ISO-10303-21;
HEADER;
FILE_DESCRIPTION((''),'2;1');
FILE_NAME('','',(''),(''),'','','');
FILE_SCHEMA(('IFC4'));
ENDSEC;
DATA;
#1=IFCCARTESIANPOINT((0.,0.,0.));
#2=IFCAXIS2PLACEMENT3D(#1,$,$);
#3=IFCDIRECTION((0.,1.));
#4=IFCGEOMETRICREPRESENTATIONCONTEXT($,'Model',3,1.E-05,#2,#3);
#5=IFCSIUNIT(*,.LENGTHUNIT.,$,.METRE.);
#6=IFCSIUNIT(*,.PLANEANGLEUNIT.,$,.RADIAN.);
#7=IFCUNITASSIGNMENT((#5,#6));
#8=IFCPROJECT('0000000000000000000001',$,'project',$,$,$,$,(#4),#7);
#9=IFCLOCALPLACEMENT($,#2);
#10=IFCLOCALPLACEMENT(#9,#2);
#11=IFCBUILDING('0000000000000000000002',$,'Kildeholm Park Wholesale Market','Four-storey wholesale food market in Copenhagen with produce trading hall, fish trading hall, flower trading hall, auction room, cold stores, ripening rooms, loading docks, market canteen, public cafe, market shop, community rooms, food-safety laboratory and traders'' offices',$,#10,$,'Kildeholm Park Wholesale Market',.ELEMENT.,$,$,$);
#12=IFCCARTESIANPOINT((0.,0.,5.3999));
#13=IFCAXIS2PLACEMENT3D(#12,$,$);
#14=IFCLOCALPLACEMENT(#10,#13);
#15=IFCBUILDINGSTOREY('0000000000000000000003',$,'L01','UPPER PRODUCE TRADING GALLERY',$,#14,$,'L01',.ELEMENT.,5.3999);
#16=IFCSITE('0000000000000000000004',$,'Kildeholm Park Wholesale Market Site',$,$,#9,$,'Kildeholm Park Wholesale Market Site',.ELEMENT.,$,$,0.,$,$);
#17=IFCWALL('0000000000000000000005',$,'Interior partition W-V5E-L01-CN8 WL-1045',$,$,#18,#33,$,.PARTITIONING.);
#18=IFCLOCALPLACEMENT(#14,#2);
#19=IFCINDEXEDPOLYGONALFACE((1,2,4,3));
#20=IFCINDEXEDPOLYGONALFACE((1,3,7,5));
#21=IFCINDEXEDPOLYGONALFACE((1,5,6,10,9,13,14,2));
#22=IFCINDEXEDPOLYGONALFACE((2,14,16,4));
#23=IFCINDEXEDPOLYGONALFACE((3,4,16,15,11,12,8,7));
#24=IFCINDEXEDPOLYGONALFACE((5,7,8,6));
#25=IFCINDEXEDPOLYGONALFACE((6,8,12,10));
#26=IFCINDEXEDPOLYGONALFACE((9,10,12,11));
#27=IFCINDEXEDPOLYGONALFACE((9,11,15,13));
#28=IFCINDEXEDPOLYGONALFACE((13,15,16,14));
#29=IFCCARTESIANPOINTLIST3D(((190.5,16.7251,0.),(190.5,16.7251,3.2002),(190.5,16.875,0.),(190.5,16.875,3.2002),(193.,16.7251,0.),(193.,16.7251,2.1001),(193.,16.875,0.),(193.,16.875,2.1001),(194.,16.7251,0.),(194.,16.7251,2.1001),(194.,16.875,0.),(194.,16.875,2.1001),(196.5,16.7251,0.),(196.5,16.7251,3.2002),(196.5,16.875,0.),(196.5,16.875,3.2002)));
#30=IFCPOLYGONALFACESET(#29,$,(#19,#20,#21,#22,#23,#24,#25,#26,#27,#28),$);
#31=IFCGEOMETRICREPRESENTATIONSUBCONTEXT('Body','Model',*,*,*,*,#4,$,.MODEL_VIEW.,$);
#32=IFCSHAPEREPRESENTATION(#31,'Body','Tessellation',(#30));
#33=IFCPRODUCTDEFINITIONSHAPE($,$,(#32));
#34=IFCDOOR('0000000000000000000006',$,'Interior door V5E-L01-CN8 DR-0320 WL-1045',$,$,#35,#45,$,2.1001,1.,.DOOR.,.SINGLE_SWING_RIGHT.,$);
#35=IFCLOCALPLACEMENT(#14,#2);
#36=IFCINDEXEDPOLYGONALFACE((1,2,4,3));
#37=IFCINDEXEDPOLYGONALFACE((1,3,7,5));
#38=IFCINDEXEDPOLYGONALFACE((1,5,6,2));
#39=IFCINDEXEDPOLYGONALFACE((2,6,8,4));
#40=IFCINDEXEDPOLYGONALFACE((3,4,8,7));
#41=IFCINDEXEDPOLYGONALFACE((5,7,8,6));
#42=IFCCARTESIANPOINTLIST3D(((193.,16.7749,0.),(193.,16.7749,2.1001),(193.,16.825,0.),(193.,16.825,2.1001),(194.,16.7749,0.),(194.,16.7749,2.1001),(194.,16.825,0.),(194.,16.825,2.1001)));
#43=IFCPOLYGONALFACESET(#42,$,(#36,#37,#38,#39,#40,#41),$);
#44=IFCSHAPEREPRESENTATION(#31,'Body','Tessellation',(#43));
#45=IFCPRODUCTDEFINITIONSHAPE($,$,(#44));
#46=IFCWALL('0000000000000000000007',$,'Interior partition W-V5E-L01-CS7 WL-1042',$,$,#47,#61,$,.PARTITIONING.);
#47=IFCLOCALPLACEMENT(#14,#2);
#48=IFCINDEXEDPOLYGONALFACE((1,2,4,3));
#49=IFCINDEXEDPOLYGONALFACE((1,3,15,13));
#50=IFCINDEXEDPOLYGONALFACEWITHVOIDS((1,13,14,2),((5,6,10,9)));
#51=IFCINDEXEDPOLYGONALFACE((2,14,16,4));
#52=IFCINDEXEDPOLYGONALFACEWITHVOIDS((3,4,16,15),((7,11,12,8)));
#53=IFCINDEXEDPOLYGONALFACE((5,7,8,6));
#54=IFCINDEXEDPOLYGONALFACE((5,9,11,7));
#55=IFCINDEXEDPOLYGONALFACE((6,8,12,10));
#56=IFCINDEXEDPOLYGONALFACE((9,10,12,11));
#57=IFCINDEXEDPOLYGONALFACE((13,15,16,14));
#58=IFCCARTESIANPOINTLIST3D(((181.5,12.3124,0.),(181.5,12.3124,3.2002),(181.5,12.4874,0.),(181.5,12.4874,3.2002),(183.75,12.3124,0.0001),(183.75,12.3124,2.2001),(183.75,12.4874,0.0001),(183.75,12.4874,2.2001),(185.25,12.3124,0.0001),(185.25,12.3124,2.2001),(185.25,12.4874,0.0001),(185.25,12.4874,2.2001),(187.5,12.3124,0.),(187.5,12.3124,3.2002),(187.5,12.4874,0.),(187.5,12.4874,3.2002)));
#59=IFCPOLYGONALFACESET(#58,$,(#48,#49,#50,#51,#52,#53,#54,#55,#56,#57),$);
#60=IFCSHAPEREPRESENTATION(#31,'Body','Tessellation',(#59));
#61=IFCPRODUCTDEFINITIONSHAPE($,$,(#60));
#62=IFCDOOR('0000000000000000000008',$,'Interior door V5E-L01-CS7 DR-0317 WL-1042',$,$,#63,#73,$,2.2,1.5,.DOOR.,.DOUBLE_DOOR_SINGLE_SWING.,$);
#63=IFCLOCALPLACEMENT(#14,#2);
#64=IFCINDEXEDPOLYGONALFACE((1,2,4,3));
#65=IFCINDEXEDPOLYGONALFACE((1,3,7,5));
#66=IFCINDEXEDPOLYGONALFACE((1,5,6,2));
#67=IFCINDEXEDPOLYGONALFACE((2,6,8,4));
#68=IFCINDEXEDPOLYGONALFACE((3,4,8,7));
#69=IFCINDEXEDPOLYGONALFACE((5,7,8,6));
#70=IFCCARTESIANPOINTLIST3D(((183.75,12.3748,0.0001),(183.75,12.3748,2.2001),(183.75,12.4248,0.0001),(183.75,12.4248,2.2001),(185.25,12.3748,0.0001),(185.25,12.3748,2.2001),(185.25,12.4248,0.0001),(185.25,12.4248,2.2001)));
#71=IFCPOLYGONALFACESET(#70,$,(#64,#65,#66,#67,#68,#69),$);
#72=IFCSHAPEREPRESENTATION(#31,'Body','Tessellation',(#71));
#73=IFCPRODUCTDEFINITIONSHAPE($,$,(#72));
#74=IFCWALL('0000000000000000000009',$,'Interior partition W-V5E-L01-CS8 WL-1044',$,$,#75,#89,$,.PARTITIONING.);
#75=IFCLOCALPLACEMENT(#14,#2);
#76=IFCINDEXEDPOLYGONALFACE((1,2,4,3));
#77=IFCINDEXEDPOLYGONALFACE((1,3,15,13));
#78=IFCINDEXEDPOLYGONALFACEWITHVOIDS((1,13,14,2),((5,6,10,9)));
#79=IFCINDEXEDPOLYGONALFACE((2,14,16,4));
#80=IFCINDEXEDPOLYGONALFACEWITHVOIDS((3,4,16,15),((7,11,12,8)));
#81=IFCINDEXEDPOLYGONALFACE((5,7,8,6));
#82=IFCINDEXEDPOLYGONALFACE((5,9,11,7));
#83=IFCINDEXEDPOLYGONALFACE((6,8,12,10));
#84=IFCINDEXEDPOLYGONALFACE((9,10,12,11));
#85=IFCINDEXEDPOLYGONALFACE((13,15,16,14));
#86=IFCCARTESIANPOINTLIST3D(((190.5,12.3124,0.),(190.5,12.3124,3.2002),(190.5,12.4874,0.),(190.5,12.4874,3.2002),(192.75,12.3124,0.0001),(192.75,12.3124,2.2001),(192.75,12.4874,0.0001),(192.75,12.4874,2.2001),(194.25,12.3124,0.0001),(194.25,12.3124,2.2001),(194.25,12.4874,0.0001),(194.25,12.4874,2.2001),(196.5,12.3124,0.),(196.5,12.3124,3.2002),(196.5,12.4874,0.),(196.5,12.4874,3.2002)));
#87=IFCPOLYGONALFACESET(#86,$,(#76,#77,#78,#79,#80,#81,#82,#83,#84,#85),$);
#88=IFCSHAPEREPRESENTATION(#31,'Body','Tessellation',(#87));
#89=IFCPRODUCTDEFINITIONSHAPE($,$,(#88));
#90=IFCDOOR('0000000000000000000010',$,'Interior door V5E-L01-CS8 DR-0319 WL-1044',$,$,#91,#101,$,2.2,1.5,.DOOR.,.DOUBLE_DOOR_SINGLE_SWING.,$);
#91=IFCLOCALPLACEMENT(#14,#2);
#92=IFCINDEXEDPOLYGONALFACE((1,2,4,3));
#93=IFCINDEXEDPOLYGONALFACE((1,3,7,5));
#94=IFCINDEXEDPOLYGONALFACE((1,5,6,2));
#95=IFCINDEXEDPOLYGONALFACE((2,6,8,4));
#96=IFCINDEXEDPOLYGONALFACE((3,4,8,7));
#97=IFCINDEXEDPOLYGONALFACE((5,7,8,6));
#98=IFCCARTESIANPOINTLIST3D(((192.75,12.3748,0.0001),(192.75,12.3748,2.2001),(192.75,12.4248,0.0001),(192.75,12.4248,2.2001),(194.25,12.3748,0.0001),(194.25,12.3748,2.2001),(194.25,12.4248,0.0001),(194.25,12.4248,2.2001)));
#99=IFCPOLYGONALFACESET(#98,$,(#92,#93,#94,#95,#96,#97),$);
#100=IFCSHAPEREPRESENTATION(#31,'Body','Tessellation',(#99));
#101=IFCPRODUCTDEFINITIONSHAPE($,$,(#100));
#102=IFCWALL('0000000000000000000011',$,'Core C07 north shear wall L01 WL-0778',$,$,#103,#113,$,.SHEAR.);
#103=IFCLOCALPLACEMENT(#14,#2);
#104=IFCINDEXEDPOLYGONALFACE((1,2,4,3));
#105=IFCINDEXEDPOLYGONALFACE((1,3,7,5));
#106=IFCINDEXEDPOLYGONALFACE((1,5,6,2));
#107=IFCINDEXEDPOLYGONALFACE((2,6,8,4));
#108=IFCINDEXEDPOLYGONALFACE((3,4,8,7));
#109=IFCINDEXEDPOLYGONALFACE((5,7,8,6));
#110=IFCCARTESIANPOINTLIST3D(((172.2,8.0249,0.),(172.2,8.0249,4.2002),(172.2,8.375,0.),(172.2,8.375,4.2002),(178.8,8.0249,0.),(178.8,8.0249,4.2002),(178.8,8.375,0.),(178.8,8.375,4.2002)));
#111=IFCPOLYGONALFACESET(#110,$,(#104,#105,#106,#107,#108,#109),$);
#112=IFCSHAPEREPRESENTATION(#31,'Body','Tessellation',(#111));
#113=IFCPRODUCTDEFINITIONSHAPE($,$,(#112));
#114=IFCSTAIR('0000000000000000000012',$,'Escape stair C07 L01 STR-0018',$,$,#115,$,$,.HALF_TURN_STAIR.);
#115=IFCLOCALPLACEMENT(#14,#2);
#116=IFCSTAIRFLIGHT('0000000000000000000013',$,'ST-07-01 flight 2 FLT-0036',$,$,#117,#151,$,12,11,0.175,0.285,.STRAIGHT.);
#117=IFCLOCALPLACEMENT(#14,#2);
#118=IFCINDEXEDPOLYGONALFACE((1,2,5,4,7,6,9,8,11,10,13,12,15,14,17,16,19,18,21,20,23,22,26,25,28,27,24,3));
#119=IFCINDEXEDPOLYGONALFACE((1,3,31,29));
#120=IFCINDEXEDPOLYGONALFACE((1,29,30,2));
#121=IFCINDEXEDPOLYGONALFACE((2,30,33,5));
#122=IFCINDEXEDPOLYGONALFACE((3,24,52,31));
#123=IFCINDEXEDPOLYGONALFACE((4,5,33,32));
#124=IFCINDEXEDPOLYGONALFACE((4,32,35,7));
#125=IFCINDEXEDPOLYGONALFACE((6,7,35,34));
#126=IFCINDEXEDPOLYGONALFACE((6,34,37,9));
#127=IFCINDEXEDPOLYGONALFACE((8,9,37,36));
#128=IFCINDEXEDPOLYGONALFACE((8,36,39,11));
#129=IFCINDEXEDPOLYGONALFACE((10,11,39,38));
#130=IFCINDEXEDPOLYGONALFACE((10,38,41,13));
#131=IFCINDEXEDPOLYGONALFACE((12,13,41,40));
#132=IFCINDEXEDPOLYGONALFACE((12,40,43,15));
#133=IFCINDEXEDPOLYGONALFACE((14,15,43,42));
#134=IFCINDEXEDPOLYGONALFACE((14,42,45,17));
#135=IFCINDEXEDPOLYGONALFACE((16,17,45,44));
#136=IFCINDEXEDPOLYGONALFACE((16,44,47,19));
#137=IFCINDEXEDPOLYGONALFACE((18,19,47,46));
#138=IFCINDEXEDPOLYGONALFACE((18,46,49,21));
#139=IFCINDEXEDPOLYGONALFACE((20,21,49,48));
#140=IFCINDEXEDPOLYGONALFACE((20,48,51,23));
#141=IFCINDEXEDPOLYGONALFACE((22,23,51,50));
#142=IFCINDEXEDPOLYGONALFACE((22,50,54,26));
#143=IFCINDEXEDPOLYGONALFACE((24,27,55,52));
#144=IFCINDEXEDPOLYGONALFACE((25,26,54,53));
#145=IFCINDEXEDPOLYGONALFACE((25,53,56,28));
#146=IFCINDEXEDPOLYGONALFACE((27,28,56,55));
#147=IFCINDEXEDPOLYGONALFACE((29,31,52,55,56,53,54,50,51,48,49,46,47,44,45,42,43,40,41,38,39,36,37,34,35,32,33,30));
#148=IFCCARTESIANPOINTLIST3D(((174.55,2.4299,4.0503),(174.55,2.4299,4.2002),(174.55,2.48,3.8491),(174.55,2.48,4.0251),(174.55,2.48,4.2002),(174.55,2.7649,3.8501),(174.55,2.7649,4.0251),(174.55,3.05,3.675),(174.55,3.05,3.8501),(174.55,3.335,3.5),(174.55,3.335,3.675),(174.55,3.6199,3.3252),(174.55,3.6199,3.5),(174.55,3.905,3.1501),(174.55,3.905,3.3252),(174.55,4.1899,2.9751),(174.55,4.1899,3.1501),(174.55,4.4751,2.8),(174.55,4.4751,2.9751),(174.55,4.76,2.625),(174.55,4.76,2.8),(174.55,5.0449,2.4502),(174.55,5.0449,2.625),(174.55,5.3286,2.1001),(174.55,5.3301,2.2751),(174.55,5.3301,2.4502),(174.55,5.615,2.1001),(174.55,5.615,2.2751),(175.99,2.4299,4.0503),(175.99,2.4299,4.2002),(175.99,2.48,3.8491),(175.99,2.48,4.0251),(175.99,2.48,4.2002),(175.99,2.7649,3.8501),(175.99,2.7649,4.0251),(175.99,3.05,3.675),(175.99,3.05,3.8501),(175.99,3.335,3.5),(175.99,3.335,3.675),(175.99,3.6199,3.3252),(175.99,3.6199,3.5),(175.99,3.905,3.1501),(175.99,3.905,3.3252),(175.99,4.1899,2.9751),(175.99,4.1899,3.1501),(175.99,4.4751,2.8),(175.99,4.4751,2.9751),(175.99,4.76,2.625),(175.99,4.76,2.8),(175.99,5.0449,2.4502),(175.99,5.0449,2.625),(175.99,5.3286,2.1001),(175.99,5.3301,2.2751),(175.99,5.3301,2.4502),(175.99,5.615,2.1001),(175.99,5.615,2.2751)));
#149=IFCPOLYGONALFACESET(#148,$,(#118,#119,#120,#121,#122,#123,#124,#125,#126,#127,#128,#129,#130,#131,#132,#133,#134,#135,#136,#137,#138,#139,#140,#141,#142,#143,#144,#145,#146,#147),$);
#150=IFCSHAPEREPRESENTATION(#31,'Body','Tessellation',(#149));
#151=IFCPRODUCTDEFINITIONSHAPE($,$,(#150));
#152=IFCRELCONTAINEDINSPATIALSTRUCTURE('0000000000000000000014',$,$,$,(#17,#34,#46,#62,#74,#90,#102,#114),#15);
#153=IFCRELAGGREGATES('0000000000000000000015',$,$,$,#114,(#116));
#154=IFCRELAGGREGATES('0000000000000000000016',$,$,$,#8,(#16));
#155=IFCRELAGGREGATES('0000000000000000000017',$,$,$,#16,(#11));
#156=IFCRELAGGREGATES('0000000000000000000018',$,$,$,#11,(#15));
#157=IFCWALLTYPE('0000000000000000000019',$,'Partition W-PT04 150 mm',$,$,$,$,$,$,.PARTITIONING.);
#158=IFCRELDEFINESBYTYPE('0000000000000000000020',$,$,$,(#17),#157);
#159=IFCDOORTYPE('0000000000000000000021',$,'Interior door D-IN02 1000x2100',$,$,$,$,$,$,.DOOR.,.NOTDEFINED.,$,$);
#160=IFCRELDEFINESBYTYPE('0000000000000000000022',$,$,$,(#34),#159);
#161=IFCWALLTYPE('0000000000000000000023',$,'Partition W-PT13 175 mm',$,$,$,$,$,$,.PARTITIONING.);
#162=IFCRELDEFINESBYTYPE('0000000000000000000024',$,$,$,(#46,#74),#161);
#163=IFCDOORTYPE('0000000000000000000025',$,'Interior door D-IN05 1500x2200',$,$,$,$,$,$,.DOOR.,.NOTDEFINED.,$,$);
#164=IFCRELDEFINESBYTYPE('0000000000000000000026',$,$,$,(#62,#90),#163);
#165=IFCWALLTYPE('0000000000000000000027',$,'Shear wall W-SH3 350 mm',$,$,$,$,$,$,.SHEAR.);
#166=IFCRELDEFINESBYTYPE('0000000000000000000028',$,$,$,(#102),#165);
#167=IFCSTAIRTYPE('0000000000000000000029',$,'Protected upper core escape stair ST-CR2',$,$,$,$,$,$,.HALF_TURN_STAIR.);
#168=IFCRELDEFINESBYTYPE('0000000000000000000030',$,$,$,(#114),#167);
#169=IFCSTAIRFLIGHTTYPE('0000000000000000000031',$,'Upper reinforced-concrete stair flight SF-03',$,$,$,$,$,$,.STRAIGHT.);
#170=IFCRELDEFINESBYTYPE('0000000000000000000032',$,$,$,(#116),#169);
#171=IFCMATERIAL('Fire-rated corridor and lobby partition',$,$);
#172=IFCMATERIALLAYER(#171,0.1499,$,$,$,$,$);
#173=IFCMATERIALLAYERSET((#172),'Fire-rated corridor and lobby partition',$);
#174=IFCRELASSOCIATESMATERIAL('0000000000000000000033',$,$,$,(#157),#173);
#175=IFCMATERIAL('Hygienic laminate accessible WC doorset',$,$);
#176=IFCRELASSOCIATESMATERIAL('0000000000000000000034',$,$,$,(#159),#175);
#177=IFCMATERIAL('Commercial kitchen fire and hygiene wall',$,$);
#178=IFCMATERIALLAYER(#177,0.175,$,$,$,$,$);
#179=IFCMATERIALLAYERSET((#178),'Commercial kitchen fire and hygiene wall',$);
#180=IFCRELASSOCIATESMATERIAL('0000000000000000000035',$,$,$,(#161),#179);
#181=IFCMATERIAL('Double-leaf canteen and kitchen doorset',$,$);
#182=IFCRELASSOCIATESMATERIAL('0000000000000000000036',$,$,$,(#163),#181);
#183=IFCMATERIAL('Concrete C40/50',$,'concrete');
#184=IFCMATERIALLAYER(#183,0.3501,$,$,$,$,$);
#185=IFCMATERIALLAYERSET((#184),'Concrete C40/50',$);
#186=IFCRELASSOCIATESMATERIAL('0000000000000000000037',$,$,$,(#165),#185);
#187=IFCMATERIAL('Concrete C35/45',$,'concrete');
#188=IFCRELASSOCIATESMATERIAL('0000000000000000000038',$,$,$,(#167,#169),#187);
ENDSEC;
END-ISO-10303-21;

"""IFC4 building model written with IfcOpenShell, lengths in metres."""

from ifc_helpers import new_model, si_unit, direction, frame, frame_2d, origin, place, context, subcontext, project, spatial, polyline, rectangle, outline, extrude, material, layer, layer_set, type_object, element, fill, aggregate, save


model = new_model("IFC4")

# Units and contexts
model_context = context("Model", 3, precision=1e-05, world=origin(), true_north=direction((0.0, 1.0)))
body_context = subcontext(model_context, "Body", "Model", "MODEL_VIEW")
ifc_project = project(units=[si_unit("LENGTHUNIT", "METRE"), si_unit("PLANEANGLEUNIT", "RADIAN")], contexts=[model_context])

# Site, building, storey
site_placement = place(None, origin())
site = spatial("IfcSite", under=ifc_project, at=site_placement, Name="Kildeholm Park Wholesale Market Site", LongName="Kildeholm Park Wholesale Market Site", CompositionType="ELEMENT", RefElevation=0.0)
building_placement = place(site_placement, origin())
building = spatial("IfcBuilding", under=site, at=building_placement, Name="Kildeholm Park Wholesale Market", Description="Four-storey wholesale food market in Copenhagen with produce trading hall, fish trading hall, flower trading hall, auction room, cold stores, ripening rooms, loading docks, market canteen, public cafe, market shop, community rooms, food-safety laboratory and traders' offices", LongName="Kildeholm Park Wholesale Market", CompositionType="ELEMENT")
storey_placement = place(building_placement, frame((0.0, 0.0, 5.3999)))
storey = spatial("IfcBuildingStorey", under=building, at=storey_placement, Name="L01", Description="UPPER PRODUCE TRADING GALLERY", LongName="L01", CompositionType="ELEMENT", Elevation=5.3999)

# Walls, openings, doors
ifc_material_1 = material(Name="Fire-rated corridor and lobby partition")
ifc_layer_1 = layer(ifc_material_1, 0.1499)
ifc_layer_set_1 = layer_set([ifc_layer_1], Name="Fire-rated corridor and lobby partition")
wall_type_1 = type_object("IfcWallType", Name="Partition W-PT04 150 mm", PredefinedType="PARTITIONING", material=ifc_layer_set_1)
ifc_material_2 = material(Name="Hygienic laminate accessible WC doorset")
door_type_1 = type_object("IfcDoorType", Name="Interior door D-IN02 1000x2100", OperationType="NOTDEFINED", PredefinedType="DOOR", material=ifc_material_2)
wall_1_placement = place(storey_placement, frame((190.5, 16.8, 0.0), z_axis=(0.0, 0.0, 1.0), x_axis=(1.0, 0.0, 0.0)))
wall_1 = element("IfcWall", 1, at=wall_1_placement, inside=storey, type_object=wall_type_1, Name="Interior partition W-V5E-L01-CN8 WL-1045", PredefinedType="PARTITIONING", context=body_context, shape_type="SweptSolid", body=[
    extrude(rectangle(XDim=6.0, YDim=0.1499, at=frame_2d((3.0, 0.0))), origin(), (0.0, 0.0, 1.0), 3.2002),
])
opening_1_placement = place(wall_1_placement, frame((2.5, 0.0, 0.0)))
opening_1 = element("IfcOpeningElement", 2, at=opening_1_placement, cuts=wall_1, PredefinedType="OPENING", context=body_context, shape_type="SweptSolid", body=[
    extrude(rectangle(XDim=1.0, YDim=2.1001, at=frame_2d((0.5, 1.05))), frame((0.0, 0.085, 0.0), z_axis=(0.0, -1.0, 0.0), x_axis=(1.0, 0.0, 0.0)), (0.0, 0.0, 1.0), 0.1699),
])
door_1_placement = place(opening_1_placement, origin())
door_1 = element("IfcDoor", 3, at=door_1_placement, inside=storey, type_object=door_type_1, Name="Interior door V5E-L01-CN8 DR-0320 WL-1045", OperationType="SINGLE_SWING_RIGHT", OverallHeight=2.1001, OverallWidth=1.0, PredefinedType="DOOR", context=body_context, shape_type="SweptSolid", body=[
    extrude(rectangle(XDim=1.0, YDim=2.1001, at=frame_2d((0.5, 1.05))), frame((0.0, 0.0249, 0.0), z_axis=(0.0, -1.0, 0.0), x_axis=(1.0, 0.0, 0.0)), (0.0, 0.0, 1.0), 0.05),
])
fill(opening_1, door_1)
ifc_material_3 = material(Name="Commercial kitchen fire and hygiene wall")
ifc_layer_2 = layer(ifc_material_3, 0.175)
ifc_layer_set_2 = layer_set([ifc_layer_2], Name="Commercial kitchen fire and hygiene wall")
wall_type_2 = type_object("IfcWallType", Name="Partition W-PT13 175 mm", PredefinedType="PARTITIONING", material=ifc_layer_set_2)
wall_2_placement = place(storey_placement, frame((181.5, 12.3999, 0.0), z_axis=(0.0, 0.0, 1.0), x_axis=(1.0, 0.0, 0.0)))
wall_2 = element("IfcWall", 4, at=wall_2_placement, inside=storey, type_object=wall_type_2, Name="Interior partition W-V5E-L01-CS7 WL-1042", PredefinedType="PARTITIONING", context=body_context, shape_type="SweptSolid", body=[
    extrude(rectangle(XDim=6.0, YDim=0.175, at=frame_2d((3.0, 0.0))), origin(), (0.0, 0.0, 1.0), 3.2002),
])
opening_2_placement = place(wall_2_placement, frame((2.25, 0.0, 0.0)))
opening_2 = element("IfcOpeningElement", 5, at=opening_2_placement, cuts=wall_2, PredefinedType="OPENING", context=body_context, shape_type="SweptSolid", body=[
    extrude(rectangle(XDim=1.5, YDim=2.2, at=frame_2d((0.75, 1.1001))), frame((0.0, 0.0974, 0.0), z_axis=(0.0, -1.0, 0.0), x_axis=(1.0, 0.0, 0.0)), (0.0, 0.0, 1.0), 0.1951),
])
ifc_material_4 = material(Name="Double-leaf canteen and kitchen doorset")
door_type_2 = type_object("IfcDoorType", Name="Interior door D-IN05 1500x2200", OperationType="NOTDEFINED", PredefinedType="DOOR", material=ifc_material_4)
door_2_placement = place(opening_2_placement, origin())
door_2 = element("IfcDoor", 6, at=door_2_placement, inside=storey, type_object=door_type_2, Name="Interior door V5E-L01-CS7 DR-0317 WL-1042", OperationType="DOUBLE_DOOR_SINGLE_SWING", OverallHeight=2.2, OverallWidth=1.5, PredefinedType="DOOR", context=body_context, shape_type="SweptSolid", body=[
    extrude(rectangle(XDim=1.5, YDim=2.2, at=frame_2d((0.75, 1.1001))), frame((0.0, 0.0249, 0.0), z_axis=(0.0, -1.0, 0.0), x_axis=(1.0, 0.0, 0.0)), (0.0, 0.0, 1.0), 0.05),
])
fill(opening_2, door_2)
wall_3_placement = place(storey_placement, frame((190.5, 12.3999, 0.0), z_axis=(0.0, 0.0, 1.0), x_axis=(1.0, 0.0, 0.0)))
wall_3 = element("IfcWall", 7, at=wall_3_placement, inside=storey, type_object=wall_type_2, Name="Interior partition W-V5E-L01-CS8 WL-1044", PredefinedType="PARTITIONING", context=body_context, shape_type="SweptSolid", body=[
    extrude(rectangle(XDim=6.0, YDim=0.175, at=frame_2d((3.0, 0.0))), origin(), (0.0, 0.0, 1.0), 3.2002),
])
opening_3_placement = place(wall_3_placement, frame((2.25, 0.0, 0.0)))
opening_3 = element("IfcOpeningElement", 8, at=opening_3_placement, cuts=wall_3, PredefinedType="OPENING", context=body_context, shape_type="SweptSolid", body=[
    extrude(rectangle(XDim=1.5, YDim=2.2, at=frame_2d((0.75, 1.1001))), frame((0.0, 0.0974, 0.0), z_axis=(0.0, -1.0, 0.0), x_axis=(1.0, 0.0, 0.0)), (0.0, 0.0, 1.0), 0.1951),
])
door_3_placement = place(opening_3_placement, origin())
door_3 = element("IfcDoor", 9, at=door_3_placement, inside=storey, type_object=door_type_2, Name="Interior door V5E-L01-CS8 DR-0319 WL-1044", OperationType="DOUBLE_DOOR_SINGLE_SWING", OverallHeight=2.2, OverallWidth=1.5, PredefinedType="DOOR", context=body_context, shape_type="SweptSolid", body=[
    extrude(rectangle(XDim=1.5, YDim=2.2, at=frame_2d((0.75, 1.1001))), frame((0.0, 0.0249, 0.0), z_axis=(0.0, -1.0, 0.0), x_axis=(1.0, 0.0, 0.0)), (0.0, 0.0, 1.0), 0.05),
])
fill(opening_3, door_3)

# Wall
ifc_material_5 = material(Name="Concrete C40/50", Category="concrete")
ifc_layer_3 = layer(ifc_material_5, 0.3501)
ifc_layer_set_3 = layer_set([ifc_layer_3], Name="Concrete C40/50")
wall_type_3 = type_object("IfcWallType", Name="Shear wall W-SH3 350 mm", PredefinedType="SHEAR", material=ifc_layer_set_3)
wall_4_placement = place(storey_placement, frame((172.2, 8.2, 0.0), z_axis=(0.0, 0.0, 1.0), x_axis=(1.0, 0.0, 0.0)))
element("IfcWall", 10, at=wall_4_placement, inside=storey, type_object=wall_type_3, Name="Core C07 north shear wall L01 WL-0778", PredefinedType="SHEAR", context=body_context, shape_type="SweptSolid", body=[
    extrude(rectangle(XDim=6.6001, YDim=0.3501, at=frame_2d((3.3, 0.0))), origin(), (0.0, 0.0, 1.0), 4.2002),
])

# Stair, stair flight
ifc_material_6 = material(Name="Concrete C35/45", Category="concrete")
stair_type = type_object("IfcStairType", Name="Protected upper core escape stair ST-CR2", PredefinedType="HALF_TURN_STAIR", material=ifc_material_6)
stair_placement = place(storey_placement, origin())
stair = element("IfcStair", 11, at=stair_placement, inside=storey, type_object=stair_type, Name="Escape stair C07 L01 STR-0018", PredefinedType="HALF_TURN_STAIR")
stair_flight_type = type_object("IfcStairFlightType", Name="Upper reinforced-concrete stair flight SF-03", PredefinedType="STRAIGHT", material=ifc_material_6)
stair_flight_placement = place(storey_placement, frame((175.27, 5.615, 2.1001), z_axis=(0.0, 0.0, 1.0), x_axis=(0.0, -1.0, 0.0)))
stair_flight = element("IfcStairFlight", 12, at=stair_flight_placement, type_object=stair_flight_type, Name="ST-07-01 flight 2 FLT-0036", NumberOfRisers=12, NumberOfTreads=11, PredefinedType="STRAIGHT", RiserHeight=0.175, TreadLength=0.285, context=body_context, shape_type="SweptSolid", body=[
    extrude(outline(polyline([(0.0, 0.0), (0.0, 0.175), (0.2849, 0.175), (0.2849, 0.3501), (0.5701, 0.3501), (0.5701, 0.5249), (0.855, 0.5249), (0.855, 0.7), (1.1399, 0.7), (1.1399, 0.875), (1.425, 0.875), (1.425, 1.05), (1.71, 1.05), (1.71, 1.2251), (1.9951, 1.2251), (1.9951, 1.3999), (2.28, 1.3999), (2.28, 1.575), (2.5649, 1.575), (2.5649, 1.75), (2.8501, 1.75), (2.8501, 1.925), (3.135, 1.925), (3.135, 2.1001), (3.1851, 2.1001), (3.1851, 1.9502), (3.135, 1.749), (0.2864, 0.0), (0.0, 0.0)])), frame((0.0, 0.72, 0.0), z_axis=(0.0, -1.0, 0.0), x_axis=(1.0, 0.0, 0.0)), (0.0, 0.0, 1.0), 1.4399),
])
aggregate(stair, [stair_flight])

save(model, "model.ifc")
